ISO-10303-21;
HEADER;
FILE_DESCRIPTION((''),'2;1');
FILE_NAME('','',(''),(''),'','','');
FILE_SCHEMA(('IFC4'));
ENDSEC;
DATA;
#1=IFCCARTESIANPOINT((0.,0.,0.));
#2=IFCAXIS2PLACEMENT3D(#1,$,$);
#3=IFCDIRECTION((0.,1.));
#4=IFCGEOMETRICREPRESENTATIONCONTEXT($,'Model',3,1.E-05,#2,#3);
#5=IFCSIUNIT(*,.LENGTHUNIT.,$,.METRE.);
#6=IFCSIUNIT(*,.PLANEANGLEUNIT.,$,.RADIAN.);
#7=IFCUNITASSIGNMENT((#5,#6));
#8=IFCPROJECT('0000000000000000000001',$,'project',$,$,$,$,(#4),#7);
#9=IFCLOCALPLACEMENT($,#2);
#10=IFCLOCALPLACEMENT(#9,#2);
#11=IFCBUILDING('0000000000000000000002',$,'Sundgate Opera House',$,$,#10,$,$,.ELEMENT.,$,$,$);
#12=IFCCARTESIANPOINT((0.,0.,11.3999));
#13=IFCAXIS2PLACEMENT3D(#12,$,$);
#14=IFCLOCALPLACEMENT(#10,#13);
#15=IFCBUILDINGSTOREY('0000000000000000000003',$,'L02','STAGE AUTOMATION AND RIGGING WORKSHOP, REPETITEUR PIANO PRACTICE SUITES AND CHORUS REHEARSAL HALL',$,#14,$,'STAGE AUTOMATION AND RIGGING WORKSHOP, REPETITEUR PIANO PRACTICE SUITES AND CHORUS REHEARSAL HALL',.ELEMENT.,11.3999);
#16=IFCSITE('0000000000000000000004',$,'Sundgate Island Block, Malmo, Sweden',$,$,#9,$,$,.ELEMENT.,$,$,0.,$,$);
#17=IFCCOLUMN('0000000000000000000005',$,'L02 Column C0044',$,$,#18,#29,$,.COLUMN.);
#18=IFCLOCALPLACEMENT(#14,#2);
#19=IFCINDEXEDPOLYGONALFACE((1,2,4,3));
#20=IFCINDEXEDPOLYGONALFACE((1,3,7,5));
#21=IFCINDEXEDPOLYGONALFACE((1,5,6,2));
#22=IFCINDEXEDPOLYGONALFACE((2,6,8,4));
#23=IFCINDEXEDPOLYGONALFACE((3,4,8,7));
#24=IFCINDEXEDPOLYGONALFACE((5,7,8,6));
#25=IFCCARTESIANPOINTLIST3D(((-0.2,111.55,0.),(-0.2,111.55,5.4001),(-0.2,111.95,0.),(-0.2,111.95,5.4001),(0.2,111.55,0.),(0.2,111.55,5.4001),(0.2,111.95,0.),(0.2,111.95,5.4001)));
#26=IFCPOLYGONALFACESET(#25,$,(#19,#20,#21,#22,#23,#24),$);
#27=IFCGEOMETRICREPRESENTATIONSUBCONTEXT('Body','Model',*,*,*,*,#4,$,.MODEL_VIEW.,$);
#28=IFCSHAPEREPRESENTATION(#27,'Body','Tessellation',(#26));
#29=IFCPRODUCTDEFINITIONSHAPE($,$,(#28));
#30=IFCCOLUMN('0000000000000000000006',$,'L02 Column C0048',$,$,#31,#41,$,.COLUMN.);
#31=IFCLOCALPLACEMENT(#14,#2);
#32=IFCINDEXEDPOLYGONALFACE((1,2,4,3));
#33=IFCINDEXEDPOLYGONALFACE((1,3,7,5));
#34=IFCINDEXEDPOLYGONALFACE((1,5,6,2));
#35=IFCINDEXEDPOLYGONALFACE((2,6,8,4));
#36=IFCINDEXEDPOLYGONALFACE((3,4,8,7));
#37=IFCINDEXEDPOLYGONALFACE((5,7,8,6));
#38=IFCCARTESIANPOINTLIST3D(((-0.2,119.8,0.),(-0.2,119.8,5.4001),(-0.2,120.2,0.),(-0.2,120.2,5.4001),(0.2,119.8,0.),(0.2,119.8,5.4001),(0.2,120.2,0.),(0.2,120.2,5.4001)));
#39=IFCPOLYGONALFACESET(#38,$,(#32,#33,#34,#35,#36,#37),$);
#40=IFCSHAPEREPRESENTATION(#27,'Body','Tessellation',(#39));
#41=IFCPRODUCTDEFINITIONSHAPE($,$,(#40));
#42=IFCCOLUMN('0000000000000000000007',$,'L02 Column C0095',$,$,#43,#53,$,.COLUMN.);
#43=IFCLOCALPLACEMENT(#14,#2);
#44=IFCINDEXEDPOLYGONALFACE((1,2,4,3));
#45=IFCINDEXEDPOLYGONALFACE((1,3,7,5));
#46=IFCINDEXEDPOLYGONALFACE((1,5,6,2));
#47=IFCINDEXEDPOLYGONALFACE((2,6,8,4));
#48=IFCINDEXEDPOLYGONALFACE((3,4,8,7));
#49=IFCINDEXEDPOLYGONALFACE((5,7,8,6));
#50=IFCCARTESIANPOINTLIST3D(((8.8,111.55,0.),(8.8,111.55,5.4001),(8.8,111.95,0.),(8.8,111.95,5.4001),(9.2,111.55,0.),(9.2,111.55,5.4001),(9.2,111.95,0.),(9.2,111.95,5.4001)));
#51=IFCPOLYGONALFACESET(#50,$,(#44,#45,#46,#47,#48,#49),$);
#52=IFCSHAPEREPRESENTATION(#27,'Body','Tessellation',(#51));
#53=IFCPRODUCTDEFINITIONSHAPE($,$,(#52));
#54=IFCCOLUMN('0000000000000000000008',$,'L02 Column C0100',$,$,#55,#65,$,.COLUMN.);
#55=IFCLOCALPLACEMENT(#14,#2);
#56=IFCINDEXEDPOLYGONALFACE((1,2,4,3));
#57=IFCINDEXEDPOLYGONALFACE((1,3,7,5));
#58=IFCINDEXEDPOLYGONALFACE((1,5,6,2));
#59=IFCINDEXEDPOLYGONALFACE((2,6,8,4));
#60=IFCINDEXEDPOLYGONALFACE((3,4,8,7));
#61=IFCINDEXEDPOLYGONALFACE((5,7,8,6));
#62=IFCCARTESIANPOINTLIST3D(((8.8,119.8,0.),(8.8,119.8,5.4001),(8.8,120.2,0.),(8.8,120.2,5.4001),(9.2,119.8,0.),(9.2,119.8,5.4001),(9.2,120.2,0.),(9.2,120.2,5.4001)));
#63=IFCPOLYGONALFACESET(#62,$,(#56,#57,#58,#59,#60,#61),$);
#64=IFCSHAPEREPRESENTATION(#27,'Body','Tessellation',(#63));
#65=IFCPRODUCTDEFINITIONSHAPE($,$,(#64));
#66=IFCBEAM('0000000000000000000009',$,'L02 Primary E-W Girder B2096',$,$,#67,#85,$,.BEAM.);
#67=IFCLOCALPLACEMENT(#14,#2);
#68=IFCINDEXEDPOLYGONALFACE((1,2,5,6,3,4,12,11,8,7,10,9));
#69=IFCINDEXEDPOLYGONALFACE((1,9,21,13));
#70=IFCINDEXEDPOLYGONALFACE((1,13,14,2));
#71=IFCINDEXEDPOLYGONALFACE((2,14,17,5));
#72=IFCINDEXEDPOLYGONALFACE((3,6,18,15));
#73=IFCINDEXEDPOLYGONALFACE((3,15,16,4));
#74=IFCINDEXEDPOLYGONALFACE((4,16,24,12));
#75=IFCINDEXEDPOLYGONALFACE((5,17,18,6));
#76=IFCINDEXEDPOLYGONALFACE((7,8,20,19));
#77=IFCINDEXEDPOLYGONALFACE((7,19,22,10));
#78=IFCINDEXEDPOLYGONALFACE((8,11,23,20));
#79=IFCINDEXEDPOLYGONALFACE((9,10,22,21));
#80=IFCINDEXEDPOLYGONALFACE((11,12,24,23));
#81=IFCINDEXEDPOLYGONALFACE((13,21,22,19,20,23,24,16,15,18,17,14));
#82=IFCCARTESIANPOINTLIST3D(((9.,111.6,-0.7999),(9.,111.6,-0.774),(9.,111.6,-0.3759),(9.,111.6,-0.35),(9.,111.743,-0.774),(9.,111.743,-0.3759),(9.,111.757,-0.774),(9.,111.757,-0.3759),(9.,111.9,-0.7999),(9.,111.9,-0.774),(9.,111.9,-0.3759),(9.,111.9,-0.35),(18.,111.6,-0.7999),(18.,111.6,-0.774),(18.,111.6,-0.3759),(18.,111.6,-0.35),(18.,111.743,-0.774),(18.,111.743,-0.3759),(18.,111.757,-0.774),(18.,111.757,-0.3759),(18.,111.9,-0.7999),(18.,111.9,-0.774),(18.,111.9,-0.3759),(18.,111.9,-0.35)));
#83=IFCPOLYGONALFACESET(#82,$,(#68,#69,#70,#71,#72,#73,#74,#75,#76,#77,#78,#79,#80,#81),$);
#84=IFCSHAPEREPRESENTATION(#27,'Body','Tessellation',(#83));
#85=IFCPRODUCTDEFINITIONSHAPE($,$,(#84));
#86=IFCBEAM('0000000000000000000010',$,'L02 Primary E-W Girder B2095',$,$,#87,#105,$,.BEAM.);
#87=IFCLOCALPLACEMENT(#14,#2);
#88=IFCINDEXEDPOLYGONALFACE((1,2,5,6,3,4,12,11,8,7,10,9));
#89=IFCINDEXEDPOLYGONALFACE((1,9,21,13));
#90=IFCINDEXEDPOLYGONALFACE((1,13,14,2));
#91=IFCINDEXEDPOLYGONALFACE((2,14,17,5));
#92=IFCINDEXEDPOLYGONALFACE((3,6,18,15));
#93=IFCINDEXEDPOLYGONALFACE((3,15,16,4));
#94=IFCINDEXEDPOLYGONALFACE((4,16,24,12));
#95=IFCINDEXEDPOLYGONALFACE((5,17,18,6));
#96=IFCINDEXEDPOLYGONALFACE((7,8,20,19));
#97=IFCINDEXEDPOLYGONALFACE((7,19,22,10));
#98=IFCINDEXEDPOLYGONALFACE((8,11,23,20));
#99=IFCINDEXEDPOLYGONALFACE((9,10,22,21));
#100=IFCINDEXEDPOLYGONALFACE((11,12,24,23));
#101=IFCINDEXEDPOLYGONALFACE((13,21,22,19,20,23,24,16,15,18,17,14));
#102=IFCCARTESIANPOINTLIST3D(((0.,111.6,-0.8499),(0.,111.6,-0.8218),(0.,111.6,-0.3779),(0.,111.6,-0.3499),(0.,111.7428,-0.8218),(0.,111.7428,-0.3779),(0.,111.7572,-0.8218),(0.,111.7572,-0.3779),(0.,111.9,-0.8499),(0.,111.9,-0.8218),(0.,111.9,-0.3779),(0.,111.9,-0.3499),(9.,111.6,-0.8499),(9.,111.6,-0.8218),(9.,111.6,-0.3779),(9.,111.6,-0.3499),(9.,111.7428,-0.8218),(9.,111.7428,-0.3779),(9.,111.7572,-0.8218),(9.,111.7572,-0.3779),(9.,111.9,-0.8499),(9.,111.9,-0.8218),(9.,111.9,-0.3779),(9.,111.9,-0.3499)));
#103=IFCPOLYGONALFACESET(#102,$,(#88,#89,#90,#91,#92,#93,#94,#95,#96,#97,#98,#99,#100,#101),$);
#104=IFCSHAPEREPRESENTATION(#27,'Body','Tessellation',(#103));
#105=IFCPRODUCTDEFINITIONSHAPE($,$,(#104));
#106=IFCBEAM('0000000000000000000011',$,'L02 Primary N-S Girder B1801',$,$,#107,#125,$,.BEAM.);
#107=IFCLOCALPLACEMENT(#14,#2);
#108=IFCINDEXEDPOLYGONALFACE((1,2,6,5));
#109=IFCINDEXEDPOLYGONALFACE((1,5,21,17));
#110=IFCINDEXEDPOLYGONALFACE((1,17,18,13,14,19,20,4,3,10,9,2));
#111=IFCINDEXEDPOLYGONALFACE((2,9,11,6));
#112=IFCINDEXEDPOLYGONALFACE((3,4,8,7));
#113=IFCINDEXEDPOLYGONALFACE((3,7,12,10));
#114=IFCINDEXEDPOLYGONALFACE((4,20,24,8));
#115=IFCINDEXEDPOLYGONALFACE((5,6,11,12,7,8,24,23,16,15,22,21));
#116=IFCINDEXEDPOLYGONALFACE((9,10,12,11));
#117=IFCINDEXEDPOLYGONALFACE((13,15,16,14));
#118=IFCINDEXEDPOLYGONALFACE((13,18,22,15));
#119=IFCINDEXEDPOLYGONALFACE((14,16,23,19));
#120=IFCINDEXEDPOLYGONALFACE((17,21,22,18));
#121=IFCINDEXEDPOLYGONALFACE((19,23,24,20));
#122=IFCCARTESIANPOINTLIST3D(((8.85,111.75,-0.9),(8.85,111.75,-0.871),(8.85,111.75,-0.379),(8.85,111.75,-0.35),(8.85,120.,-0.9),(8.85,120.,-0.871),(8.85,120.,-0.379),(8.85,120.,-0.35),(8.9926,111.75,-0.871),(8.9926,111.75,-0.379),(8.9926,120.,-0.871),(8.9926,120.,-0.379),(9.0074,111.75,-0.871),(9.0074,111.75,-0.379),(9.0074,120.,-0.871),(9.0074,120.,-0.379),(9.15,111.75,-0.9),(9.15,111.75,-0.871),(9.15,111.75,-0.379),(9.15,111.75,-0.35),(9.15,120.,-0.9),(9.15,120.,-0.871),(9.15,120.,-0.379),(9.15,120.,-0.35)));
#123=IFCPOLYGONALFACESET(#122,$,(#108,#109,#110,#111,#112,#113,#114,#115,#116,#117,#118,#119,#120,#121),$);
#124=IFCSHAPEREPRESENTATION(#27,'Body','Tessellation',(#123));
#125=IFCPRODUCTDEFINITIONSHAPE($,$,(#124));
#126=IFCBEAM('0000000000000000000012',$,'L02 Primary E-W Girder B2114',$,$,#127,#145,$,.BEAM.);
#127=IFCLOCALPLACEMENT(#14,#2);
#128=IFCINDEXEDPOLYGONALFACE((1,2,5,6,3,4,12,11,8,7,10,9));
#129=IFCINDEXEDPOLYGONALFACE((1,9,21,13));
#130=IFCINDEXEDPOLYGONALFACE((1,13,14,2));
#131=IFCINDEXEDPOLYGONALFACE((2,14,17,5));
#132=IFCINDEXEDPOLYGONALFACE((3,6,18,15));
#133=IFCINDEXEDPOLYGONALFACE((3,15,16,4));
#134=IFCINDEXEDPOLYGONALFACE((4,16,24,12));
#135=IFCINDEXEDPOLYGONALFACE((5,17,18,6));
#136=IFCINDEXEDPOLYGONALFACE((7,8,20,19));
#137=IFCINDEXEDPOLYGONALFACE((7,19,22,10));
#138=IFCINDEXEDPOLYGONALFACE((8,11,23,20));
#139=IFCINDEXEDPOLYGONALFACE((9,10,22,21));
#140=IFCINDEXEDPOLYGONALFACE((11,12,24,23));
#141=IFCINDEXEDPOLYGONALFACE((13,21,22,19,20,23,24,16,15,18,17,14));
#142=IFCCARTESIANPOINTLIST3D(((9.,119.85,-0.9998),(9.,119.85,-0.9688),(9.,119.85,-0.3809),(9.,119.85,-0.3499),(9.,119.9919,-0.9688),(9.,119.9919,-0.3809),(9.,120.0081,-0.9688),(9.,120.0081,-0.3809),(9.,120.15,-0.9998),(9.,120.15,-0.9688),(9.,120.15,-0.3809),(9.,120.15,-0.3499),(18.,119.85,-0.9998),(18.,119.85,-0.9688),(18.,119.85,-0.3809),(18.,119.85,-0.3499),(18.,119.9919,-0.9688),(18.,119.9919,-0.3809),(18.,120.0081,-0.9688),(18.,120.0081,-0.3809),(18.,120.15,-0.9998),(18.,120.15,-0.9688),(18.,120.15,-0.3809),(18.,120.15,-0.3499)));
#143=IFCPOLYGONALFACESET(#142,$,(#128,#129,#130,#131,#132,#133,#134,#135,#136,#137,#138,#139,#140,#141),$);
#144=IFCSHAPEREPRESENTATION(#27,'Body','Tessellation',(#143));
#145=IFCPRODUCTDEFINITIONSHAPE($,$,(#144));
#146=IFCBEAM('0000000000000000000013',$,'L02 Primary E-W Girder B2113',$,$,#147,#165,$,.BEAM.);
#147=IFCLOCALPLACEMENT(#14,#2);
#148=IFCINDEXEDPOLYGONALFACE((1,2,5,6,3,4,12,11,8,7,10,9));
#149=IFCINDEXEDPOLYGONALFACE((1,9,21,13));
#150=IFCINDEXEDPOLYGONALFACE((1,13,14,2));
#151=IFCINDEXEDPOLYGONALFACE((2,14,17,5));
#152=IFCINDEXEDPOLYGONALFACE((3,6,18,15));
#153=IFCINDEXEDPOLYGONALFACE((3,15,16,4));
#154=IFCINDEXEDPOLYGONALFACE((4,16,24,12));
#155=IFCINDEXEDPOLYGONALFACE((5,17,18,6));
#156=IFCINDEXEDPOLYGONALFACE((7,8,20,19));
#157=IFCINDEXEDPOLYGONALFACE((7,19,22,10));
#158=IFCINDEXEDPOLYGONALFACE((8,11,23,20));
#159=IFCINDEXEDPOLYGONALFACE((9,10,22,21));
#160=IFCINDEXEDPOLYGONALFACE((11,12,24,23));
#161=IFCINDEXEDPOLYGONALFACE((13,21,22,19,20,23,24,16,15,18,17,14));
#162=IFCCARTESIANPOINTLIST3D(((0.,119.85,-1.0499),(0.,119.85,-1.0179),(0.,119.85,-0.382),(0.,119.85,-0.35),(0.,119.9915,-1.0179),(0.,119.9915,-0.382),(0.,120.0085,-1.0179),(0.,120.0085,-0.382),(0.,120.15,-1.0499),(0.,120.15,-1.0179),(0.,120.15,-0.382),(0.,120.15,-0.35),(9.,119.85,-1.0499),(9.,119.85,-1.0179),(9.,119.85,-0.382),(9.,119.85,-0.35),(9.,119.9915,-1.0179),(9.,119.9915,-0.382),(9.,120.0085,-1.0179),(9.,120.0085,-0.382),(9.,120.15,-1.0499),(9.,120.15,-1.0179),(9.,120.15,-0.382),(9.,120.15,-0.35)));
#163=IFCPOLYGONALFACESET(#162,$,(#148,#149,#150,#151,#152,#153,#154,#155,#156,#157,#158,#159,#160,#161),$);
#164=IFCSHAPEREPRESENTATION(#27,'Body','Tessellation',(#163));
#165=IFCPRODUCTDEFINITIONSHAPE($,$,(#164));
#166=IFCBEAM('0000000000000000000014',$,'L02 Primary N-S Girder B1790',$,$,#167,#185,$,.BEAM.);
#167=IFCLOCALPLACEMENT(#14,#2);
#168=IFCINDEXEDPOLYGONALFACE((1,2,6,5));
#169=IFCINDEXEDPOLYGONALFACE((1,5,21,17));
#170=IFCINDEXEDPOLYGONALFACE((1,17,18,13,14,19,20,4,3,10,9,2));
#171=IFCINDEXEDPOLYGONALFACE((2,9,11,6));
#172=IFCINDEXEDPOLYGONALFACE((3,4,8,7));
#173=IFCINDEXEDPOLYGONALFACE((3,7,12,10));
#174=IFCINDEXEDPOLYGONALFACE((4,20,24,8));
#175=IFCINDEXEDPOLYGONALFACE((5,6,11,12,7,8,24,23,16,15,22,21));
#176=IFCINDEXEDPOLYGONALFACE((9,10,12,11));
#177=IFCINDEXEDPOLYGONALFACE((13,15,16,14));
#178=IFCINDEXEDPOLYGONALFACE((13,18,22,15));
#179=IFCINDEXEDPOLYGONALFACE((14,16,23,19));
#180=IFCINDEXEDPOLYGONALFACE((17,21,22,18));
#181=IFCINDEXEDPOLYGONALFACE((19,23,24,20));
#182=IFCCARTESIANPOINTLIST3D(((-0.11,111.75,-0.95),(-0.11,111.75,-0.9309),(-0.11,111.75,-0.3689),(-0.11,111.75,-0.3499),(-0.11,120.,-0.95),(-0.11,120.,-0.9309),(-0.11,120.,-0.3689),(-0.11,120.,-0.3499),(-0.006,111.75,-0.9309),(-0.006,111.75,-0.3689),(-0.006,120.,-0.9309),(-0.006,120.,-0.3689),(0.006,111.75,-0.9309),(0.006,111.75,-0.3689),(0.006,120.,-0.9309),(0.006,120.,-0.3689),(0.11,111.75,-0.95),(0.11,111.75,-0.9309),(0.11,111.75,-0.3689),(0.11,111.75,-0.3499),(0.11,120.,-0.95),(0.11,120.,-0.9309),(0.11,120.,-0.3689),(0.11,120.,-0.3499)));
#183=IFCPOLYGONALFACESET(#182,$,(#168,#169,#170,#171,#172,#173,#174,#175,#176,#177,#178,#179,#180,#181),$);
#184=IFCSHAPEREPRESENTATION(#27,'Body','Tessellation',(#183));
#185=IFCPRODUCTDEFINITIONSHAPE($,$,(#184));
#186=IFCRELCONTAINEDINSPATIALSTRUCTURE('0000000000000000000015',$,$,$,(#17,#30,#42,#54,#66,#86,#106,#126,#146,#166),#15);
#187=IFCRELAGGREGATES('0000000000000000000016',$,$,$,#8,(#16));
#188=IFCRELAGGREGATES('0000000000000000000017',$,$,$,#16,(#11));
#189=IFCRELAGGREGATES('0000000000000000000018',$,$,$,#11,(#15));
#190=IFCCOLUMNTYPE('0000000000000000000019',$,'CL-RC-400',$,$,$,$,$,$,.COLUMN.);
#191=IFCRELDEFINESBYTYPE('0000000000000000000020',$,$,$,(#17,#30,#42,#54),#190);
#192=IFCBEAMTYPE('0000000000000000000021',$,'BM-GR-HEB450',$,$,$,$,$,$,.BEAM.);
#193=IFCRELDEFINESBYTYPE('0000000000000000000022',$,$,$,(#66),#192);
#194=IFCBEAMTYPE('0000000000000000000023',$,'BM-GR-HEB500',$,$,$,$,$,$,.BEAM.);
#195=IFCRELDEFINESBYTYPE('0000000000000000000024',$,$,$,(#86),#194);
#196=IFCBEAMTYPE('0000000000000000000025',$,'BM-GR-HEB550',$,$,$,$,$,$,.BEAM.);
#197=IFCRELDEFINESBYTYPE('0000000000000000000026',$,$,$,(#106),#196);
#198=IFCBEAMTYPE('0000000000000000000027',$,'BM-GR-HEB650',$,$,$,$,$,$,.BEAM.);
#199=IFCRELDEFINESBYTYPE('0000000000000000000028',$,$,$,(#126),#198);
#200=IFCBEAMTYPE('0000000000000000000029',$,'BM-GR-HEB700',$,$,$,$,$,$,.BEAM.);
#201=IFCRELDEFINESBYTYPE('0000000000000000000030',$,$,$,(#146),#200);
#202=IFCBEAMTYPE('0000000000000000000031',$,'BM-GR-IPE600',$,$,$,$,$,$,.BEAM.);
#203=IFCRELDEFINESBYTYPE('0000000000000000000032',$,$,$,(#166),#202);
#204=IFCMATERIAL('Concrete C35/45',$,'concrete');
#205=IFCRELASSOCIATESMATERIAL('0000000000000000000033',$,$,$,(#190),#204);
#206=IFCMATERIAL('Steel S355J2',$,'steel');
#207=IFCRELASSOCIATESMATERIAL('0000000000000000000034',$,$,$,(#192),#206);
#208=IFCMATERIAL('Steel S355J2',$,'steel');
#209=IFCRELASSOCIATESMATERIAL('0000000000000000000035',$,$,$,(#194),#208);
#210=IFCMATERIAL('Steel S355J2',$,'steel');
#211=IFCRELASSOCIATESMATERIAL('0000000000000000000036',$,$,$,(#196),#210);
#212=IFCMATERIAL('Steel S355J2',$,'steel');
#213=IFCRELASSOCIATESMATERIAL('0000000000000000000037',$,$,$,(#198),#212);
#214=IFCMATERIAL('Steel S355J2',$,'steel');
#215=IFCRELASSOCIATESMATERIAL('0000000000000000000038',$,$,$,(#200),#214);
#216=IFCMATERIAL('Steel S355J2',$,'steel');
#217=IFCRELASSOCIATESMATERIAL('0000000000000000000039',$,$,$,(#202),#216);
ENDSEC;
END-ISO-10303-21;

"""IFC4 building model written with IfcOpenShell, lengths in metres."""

from ifc_helpers import new_model, si_unit, direction, frame, origin, origin_2d, place, context, subcontext, project, spatial, rectangle, i_section, extrude, material, material_profile, profile_set, type_object, element, save


model = new_model("IFC4")

# Units and contexts
model_context = context("Model", 3, precision=1e-05, world=origin(), true_north=direction((0.0, 1.0)))
body_context = subcontext(model_context, "Body", "Model", "MODEL_VIEW")
ifc_project = project(units=[si_unit("LENGTHUNIT", "METRE"), si_unit("PLANEANGLEUNIT", "RADIAN")], contexts=[model_context])

# Site, building, storey
site_placement = place(None, origin())
site = spatial("IfcSite", under=ifc_project, at=site_placement, Name="Sundgate Island Block, Malmo, Sweden", CompositionType="ELEMENT", RefElevation=0.0)
building_placement = place(site_placement, origin())
building = spatial("IfcBuilding", under=site, at=building_placement, Name="Sundgate Opera House", CompositionType="ELEMENT")
storey_placement = place(building_placement, frame((0.0, 0.0, 11.3999)))
storey = spatial("IfcBuildingStorey", under=building, at=storey_placement, Name="L02", Description="STAGE AUTOMATION AND RIGGING WORKSHOP, REPETITEUR PIANO PRACTICE SUITES AND CHORUS REHEARSAL HALL", LongName="STAGE AUTOMATION AND RIGGING WORKSHOP, REPETITEUR PIANO PRACTICE SUITES AND CHORUS REHEARSAL HALL", CompositionType="ELEMENT", Elevation=11.3999)

# Columns
ifc_material_1 = material(Name="Concrete C35/45", Category="concrete")
ifc_material_profile_1 = material_profile(ifc_material_1, rectangle(XDim=0.3999, YDim=0.3999, at=origin_2d()), Name="RC 400x400")
ifc_profile_set_1 = profile_set([ifc_material_profile_1], Name="Concrete C35/45")
column_type = type_object("IfcColumnType", Name="CL-RC-400", PredefinedType="COLUMN", material=ifc_profile_set_1)
for number, where, z_axis, x_axis, name in (
    (1, (0.0, 111.75, 0.0), (0.0, 0.0, 1.0), (1.0, 0.0, 0.0), "L02 Column C0044"),
    (2, (0.0, 120.0, 0.0), (0.0, 0.0, 1.0), (1.0, 0.0, 0.0), "L02 Column C0048"),
    (3, (9.0, 111.75, 0.0), (0.0, 0.0, 1.0), (1.0, 0.0, 0.0), "L02 Column C0095"),
    (4, (9.0, 120.0, 0.0), (0.0, 0.0, 1.0), (1.0, 0.0, 0.0), "L02 Column C0100"),
):
    element("IfcColumn", number, at=place(storey_placement, frame(where, z_axis=z_axis, x_axis=x_axis)), inside=storey, type_object=column_type, Name=name, PredefinedType="COLUMN", context=body_context, shape_type="SweptSolid", body=[
        extrude(rectangle(XDim=0.3999, YDim=0.3999, at=origin_2d()), origin(), (0.0, 0.0, 1.0), 5.4001),
    ])

# Beams
ifc_material_2 = material(Name="Steel S355J2", Category="steel")
ifc_material_profile_2 = material_profile(ifc_material_2, i_section(OverallWidth=0.3, OverallDepth=0.45, WebThickness=0.0139, FlangeThickness=0.0259, at=origin_2d()), Name="HEB 450")
ifc_profile_set_2 = profile_set([ifc_material_profile_2], Name="Steel S355J2")
beam_type_1 = type_object("IfcBeamType", Name="BM-GR-HEB450", PredefinedType="BEAM", material=ifc_profile_set_2)
beam_1_placement = place(storey_placement, frame((9.0, 111.75, -0.575), z_axis=(1.0, 0.0, 0.0), x_axis=(0.0, 1.0, 0.0)))
element("IfcBeam", 5, at=beam_1_placement, inside=storey, type_object=beam_type_1, Name="L02 Primary E-W Girder B2096", PredefinedType="BEAM", context=body_context, shape_type="SweptSolid", body=[
    extrude(i_section(OverallWidth=0.3, OverallDepth=0.45, WebThickness=0.0139, FlangeThickness=0.0259, at=origin_2d()), origin(), (0.0, 0.0, 1.0), 9.0),
])
ifc_material_3 = material(Name="Steel S355J2", Category="steel")
ifc_material_profile_3 = material_profile(ifc_material_3, i_section(OverallWidth=0.3, OverallDepth=0.5, WebThickness=0.0144, FlangeThickness=0.0281, at=origin_2d()), Name="HEB 500")
ifc_profile_set_3 = profile_set([ifc_material_profile_3], Name="Steel S355J2")
beam_type_2 = type_object("IfcBeamType", Name="BM-GR-HEB500", PredefinedType="BEAM", material=ifc_profile_set_3)
beam_2_placement = place(storey_placement, frame((0.0, 111.75, -0.5999), z_axis=(1.0, 0.0, 0.0), x_axis=(0.0, 1.0, 0.0)))
element("IfcBeam", 6, at=beam_2_placement, inside=storey, type_object=beam_type_2, Name="L02 Primary E-W Girder B2095", PredefinedType="BEAM", context=body_context, shape_type="SweptSolid", body=[
    extrude(i_section(OverallWidth=0.3, OverallDepth=0.5, WebThickness=0.0144, FlangeThickness=0.0281, at=origin_2d()), origin(), (0.0, 0.0, 1.0), 9.0),
])
ifc_material_4 = material(Name="Steel S355J2", Category="steel")
ifc_material_profile_4 = material_profile(ifc_material_4, i_section(OverallWidth=0.3, OverallDepth=0.55, WebThickness=0.0149, FlangeThickness=0.0291, at=origin_2d()), Name="HEB 550")
ifc_profile_set_4 = profile_set([ifc_material_profile_4], Name="Steel S355J2")
beam_type_3 = type_object("IfcBeamType", Name="BM-GR-HEB550", PredefinedType="BEAM", material=ifc_profile_set_4)
beam_3_placement = place(storey_placement, frame((9.0, 111.75, -0.625), z_axis=(0.0, 1.0, 0.0), x_axis=(-1.0, 0.0, 0.0)))
element("IfcBeam", 7, at=beam_3_placement, inside=storey, type_object=beam_type_3, Name="L02 Primary N-S Girder B1801", PredefinedType="BEAM", context=body_context, shape_type="SweptSolid", body=[
    extrude(i_section(OverallWidth=0.3, OverallDepth=0.55, WebThickness=0.0149, FlangeThickness=0.0291, at=origin_2d()), origin(), (0.0, 0.0, 1.0), 8.25),
])
ifc_material_5 = material(Name="Steel S355J2", Category="steel")
ifc_material_profile_5 = material_profile(ifc_material_5, i_section(OverallWidth=0.3, OverallDepth=0.6499, WebThickness=0.0161, FlangeThickness=0.031, at=origin_2d()), Name="HEB 650")
ifc_profile_set_5 = profile_set([ifc_material_profile_5], Name="Steel S355J2")
beam_type_4 = type_object("IfcBeamType", Name="BM-GR-HEB650", PredefinedType="BEAM", material=ifc_profile_set_5)
beam_4_placement = place(storey_placement, frame((9.0, 120.0, -0.6748), z_axis=(1.0, 0.0, 0.0), x_axis=(0.0, 1.0, 0.0)))
element("IfcBeam", 8, at=beam_4_placement, inside=storey, type_object=beam_type_4, Name="L02 Primary E-W Girder B2114", PredefinedType="BEAM", context=body_context, shape_type="SweptSolid", body=[
    extrude(i_section(OverallWidth=0.3, OverallDepth=0.6499, WebThickness=0.0161, FlangeThickness=0.031, at=origin_2d()), origin(), (0.0, 0.0, 1.0), 9.0),
])
ifc_material_6 = material(Name="Steel S355J2", Category="steel")
ifc_material_profile_6 = material_profile(ifc_material_6, i_section(OverallWidth=0.3, OverallDepth=0.7, WebThickness=0.0171, FlangeThickness=0.032, at=origin_2d()), Name="HEB 700")
ifc_profile_set_6 = profile_set([ifc_material_profile_6], Name="Steel S355J2")
beam_type_5 = type_object("IfcBeamType", Name="BM-GR-HEB700", PredefinedType="BEAM", material=ifc_profile_set_6)
beam_5_placement = place(storey_placement, frame((0.0, 120.0, -0.7), z_axis=(1.0, 0.0, 0.0), x_axis=(0.0, 1.0, 0.0)))
element("IfcBeam", 9, at=beam_5_placement, inside=storey, type_object=beam_type_5, Name="L02 Primary E-W Girder B2113", PredefinedType="BEAM", context=body_context, shape_type="SweptSolid", body=[
    extrude(i_section(OverallWidth=0.3, OverallDepth=0.7, WebThickness=0.0171, FlangeThickness=0.032, at=origin_2d()), origin(), (0.0, 0.0, 1.0), 9.0),
])
ifc_material_7 = material(Name="Steel S355J2", Category="steel")
ifc_material_profile_7 = material_profile(ifc_material_7, i_section(OverallWidth=0.22, OverallDepth=0.6001, WebThickness=0.012, FlangeThickness=0.019, at=origin_2d()), Name="IPE 600")
ifc_profile_set_7 = profile_set([ifc_material_profile_7], Name="Steel S355J2")
beam_type_6 = type_object("IfcBeamType", Name="BM-GR-IPE600", PredefinedType="BEAM", material=ifc_profile_set_7)
beam_6_placement = place(storey_placement, frame((0.0, 111.75, -0.6499), z_axis=(0.0, 1.0, 0.0), x_axis=(-1.0, 0.0, 0.0)))
element("IfcBeam", 10, at=beam_6_placement, inside=storey, type_object=beam_type_6, Name="L02 Primary N-S Girder B1790", PredefinedType="BEAM", context=body_context, shape_type="SweptSolid", body=[
    extrude(i_section(OverallWidth=0.22, OverallDepth=0.6001, WebThickness=0.012, FlangeThickness=0.019, at=origin_2d()), origin(), (0.0, 0.0, 1.0), 8.25),
])

save(model, "model.ifc")
